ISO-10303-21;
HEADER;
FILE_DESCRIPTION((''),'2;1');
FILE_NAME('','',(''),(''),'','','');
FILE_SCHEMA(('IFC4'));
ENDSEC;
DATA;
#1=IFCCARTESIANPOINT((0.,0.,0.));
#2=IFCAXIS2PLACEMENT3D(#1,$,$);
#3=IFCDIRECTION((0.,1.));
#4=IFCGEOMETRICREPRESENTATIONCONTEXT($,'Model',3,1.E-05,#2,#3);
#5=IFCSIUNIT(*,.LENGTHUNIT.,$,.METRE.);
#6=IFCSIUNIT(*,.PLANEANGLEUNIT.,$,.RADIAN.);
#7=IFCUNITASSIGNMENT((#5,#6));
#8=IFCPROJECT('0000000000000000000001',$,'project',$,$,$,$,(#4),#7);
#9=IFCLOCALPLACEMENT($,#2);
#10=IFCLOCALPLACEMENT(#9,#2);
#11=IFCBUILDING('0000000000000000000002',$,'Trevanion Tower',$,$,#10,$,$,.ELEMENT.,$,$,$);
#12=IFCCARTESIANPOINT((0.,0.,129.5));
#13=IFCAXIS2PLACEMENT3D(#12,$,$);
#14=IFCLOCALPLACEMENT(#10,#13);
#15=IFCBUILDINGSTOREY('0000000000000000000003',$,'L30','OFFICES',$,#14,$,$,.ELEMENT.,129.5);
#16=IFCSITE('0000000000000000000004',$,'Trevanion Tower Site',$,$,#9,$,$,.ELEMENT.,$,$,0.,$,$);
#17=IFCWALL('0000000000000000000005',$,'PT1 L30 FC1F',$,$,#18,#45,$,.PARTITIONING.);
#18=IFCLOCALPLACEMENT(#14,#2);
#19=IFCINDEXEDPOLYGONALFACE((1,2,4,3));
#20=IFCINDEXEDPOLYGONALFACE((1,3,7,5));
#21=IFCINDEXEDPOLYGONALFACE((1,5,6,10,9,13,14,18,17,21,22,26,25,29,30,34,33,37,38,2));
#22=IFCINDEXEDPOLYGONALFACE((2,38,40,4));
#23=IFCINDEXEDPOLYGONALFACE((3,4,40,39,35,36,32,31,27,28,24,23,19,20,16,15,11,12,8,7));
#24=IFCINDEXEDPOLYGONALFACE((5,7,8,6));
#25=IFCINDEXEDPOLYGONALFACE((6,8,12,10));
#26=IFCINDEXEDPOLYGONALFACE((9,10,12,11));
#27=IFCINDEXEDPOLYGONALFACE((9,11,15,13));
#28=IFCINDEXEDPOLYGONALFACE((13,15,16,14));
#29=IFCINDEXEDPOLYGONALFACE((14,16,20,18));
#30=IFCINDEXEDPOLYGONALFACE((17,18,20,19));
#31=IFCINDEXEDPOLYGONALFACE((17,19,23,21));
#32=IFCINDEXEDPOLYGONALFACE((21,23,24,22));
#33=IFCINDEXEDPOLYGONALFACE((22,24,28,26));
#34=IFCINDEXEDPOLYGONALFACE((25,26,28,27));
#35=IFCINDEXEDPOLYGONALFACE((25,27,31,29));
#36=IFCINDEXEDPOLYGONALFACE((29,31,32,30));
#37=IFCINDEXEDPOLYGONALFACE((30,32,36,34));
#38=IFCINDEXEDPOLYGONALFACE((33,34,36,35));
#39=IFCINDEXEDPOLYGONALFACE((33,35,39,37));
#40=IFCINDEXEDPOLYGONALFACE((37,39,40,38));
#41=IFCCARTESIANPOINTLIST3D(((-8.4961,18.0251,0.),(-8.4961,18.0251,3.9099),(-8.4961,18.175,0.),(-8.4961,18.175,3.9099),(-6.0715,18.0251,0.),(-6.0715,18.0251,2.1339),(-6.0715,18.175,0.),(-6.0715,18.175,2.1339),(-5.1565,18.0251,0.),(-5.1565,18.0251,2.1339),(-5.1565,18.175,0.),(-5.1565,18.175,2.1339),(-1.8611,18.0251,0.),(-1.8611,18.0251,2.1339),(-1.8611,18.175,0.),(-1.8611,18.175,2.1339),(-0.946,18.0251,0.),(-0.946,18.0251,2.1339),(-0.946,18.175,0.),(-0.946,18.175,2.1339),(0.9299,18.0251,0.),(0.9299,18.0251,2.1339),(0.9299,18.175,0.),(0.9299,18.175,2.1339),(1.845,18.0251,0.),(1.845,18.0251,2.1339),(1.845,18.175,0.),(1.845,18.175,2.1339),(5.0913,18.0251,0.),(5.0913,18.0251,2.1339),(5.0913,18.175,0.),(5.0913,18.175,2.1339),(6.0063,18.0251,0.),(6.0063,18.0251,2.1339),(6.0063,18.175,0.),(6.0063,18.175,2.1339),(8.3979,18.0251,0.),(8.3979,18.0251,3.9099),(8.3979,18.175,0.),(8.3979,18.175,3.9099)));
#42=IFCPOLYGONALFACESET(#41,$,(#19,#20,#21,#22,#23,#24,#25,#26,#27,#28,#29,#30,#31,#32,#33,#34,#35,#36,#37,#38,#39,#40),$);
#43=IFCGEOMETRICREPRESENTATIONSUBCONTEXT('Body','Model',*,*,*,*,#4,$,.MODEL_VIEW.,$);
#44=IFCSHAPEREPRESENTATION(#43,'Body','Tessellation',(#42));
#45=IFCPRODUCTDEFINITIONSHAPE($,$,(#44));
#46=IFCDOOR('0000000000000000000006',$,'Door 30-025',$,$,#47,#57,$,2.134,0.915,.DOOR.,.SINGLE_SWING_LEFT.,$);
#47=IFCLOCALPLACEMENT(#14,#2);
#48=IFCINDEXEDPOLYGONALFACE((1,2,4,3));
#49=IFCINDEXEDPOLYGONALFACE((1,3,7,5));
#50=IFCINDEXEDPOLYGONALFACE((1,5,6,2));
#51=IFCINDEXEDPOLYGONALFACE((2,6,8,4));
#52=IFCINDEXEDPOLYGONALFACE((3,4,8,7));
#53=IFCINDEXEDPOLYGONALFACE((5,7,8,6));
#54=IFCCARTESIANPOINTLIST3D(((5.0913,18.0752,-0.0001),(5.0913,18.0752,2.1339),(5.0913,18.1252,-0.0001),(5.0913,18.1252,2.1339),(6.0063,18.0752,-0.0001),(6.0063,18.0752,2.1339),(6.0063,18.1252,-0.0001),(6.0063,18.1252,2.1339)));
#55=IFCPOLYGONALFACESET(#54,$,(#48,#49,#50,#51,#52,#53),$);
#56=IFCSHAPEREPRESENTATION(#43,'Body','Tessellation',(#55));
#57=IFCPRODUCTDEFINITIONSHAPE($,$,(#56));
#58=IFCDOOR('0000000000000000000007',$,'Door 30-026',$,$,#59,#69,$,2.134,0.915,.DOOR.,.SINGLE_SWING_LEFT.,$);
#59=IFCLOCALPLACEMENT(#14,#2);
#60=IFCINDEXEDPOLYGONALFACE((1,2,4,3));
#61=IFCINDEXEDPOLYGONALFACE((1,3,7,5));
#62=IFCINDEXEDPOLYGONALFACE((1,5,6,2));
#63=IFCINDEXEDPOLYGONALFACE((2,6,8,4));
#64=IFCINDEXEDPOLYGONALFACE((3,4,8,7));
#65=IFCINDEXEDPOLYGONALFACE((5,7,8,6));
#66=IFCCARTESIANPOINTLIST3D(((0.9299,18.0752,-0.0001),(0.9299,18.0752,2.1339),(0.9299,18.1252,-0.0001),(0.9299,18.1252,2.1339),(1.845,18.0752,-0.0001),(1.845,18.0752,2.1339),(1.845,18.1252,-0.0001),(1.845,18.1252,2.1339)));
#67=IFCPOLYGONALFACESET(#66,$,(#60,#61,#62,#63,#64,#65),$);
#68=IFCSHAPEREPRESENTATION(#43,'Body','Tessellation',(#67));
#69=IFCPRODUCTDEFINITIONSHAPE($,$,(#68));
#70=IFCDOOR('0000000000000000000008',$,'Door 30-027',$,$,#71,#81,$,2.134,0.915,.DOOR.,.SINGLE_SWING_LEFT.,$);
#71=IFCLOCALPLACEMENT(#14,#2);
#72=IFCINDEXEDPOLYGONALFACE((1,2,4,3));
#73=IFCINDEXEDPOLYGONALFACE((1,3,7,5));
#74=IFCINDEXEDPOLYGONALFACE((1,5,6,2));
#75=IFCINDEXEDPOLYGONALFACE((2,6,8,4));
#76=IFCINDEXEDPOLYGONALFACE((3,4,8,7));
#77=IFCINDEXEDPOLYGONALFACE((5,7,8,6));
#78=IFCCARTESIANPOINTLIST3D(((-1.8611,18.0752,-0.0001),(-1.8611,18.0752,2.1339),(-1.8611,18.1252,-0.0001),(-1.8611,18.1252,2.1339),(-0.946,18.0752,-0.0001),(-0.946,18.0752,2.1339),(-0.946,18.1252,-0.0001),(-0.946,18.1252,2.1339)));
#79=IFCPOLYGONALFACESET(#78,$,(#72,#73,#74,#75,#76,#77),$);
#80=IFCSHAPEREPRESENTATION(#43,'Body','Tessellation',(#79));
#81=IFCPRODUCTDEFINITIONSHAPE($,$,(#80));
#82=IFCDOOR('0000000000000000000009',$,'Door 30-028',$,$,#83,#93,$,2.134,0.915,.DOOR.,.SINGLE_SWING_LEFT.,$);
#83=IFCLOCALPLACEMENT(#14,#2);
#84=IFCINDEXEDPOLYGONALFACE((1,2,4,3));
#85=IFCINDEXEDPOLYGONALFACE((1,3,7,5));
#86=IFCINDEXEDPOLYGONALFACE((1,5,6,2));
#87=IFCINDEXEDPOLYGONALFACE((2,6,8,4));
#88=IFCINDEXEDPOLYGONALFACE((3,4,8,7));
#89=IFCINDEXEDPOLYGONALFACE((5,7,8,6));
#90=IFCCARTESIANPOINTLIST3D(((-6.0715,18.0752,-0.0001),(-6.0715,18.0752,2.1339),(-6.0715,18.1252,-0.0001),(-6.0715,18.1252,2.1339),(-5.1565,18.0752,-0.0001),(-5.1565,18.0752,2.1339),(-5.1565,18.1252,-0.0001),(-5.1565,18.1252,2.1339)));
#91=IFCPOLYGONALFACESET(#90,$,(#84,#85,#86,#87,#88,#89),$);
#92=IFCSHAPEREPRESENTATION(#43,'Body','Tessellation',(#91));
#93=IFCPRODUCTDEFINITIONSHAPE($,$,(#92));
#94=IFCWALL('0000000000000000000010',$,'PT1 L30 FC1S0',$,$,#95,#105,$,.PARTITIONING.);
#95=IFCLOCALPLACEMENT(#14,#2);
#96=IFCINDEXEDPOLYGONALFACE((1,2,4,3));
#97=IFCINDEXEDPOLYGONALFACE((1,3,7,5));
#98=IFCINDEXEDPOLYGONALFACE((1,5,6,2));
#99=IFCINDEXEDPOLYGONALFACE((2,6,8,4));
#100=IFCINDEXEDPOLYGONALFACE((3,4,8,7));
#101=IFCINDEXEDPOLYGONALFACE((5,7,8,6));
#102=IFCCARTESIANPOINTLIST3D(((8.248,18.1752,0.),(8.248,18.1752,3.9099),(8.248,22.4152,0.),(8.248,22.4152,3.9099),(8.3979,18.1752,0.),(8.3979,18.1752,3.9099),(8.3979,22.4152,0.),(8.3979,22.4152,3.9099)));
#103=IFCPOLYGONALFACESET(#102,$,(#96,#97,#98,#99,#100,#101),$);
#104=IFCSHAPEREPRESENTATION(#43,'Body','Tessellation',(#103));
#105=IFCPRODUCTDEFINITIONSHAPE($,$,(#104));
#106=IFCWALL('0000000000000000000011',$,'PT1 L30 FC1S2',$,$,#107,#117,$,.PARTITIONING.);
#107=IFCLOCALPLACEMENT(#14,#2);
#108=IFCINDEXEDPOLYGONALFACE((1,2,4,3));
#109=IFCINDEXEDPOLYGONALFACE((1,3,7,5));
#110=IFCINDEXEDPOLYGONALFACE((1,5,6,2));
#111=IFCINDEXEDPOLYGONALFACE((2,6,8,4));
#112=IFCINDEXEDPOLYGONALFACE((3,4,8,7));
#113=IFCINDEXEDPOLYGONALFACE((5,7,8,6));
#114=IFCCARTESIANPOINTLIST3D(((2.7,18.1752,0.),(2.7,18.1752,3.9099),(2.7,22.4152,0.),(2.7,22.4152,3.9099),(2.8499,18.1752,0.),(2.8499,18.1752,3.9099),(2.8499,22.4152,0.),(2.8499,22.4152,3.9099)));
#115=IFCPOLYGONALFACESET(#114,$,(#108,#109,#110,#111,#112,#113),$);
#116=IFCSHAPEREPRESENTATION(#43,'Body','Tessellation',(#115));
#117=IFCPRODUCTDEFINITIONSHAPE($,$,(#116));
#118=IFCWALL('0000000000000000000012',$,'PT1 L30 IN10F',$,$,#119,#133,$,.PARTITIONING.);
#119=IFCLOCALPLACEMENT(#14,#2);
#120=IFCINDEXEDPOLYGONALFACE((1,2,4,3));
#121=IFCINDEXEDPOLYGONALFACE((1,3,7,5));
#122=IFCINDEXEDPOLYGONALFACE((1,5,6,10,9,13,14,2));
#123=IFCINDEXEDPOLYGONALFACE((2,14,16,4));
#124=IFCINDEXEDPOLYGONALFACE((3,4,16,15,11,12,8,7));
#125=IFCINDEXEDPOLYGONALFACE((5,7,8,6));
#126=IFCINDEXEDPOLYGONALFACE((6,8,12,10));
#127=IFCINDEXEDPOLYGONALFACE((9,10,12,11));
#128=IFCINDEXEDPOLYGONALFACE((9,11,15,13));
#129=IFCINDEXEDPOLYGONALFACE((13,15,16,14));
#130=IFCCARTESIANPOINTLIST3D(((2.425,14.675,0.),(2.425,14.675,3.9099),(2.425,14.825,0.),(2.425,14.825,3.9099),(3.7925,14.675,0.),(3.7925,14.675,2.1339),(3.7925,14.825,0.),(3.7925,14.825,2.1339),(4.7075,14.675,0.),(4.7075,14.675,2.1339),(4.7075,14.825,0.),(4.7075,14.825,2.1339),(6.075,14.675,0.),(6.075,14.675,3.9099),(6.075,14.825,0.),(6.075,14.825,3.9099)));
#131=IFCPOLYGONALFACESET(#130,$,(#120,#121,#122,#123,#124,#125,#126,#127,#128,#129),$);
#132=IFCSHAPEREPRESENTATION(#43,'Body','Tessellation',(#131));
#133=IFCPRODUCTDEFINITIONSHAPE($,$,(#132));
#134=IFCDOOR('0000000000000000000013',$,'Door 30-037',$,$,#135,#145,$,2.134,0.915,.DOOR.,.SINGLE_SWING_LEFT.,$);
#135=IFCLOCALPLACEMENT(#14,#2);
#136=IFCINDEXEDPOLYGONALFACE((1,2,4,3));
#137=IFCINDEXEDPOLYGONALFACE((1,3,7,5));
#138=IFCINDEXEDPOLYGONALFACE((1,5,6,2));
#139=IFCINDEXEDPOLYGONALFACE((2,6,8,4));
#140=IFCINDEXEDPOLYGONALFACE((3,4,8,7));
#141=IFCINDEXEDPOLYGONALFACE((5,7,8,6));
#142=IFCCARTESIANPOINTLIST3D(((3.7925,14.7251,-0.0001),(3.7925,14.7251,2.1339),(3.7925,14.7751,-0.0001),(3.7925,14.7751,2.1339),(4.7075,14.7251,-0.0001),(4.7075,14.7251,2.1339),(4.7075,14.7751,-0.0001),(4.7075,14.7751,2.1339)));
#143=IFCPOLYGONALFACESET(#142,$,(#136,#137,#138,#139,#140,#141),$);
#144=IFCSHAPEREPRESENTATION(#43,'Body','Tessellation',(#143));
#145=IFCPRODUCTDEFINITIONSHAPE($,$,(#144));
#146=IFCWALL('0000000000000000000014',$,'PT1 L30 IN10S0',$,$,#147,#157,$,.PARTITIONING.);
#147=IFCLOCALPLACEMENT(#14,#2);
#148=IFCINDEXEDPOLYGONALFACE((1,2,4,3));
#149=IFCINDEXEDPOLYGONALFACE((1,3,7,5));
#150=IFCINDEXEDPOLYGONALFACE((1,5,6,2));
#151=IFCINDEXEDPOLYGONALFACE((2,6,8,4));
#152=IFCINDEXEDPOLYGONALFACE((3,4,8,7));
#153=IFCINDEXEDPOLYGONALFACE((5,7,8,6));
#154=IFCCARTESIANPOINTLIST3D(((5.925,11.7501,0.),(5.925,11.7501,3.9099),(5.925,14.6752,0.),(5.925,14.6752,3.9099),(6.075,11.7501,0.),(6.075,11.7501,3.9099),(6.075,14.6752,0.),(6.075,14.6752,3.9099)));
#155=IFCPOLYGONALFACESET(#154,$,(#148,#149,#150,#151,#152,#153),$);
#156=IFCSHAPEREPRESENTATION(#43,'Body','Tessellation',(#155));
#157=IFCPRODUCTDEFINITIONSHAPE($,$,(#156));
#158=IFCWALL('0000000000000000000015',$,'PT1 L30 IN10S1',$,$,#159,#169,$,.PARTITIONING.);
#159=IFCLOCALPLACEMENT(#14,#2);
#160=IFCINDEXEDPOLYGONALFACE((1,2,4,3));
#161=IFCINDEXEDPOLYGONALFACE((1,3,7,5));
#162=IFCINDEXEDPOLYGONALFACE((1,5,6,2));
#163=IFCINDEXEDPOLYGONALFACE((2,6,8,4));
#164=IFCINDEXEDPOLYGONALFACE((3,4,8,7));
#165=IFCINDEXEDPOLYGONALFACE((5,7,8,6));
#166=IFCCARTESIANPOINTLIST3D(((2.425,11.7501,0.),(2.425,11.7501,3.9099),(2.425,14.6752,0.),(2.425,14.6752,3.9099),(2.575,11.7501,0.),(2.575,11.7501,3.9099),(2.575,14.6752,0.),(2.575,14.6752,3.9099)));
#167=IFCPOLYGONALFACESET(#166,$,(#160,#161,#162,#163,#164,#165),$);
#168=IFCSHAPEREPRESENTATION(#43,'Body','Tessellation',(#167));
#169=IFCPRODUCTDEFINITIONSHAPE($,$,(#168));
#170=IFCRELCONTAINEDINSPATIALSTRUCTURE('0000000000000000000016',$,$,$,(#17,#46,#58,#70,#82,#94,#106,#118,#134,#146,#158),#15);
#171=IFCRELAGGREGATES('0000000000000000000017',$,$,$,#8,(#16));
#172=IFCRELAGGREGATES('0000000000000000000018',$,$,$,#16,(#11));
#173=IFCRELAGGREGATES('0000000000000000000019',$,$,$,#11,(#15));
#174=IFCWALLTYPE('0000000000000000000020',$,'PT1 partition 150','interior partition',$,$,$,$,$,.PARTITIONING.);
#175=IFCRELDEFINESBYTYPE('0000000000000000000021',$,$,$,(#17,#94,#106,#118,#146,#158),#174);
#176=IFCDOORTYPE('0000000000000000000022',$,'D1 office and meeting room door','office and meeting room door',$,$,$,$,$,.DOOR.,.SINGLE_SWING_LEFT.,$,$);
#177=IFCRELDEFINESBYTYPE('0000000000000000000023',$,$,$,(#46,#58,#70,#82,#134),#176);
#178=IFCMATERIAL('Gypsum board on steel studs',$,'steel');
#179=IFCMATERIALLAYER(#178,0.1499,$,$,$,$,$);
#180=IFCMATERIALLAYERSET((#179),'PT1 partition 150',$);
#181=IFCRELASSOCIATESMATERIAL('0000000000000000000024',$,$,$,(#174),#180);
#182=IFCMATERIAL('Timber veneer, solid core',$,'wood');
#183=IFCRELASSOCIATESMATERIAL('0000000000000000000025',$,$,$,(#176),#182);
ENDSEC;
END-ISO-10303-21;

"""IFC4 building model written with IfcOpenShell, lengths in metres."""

from ifc_helpers import new_model, si_unit, direction, frame, frame_2d, origin, place, context, subcontext, project, spatial, rectangle, extrude, material, layer, layer_set, type_object, element, fill, save


model = new_model("IFC4")

# Units and contexts
model_context = context("Model", 3, precision=1e-05, world=origin(), true_north=direction((0.0, 1.0)))
body_context = subcontext(model_context, "Body", "Model", "MODEL_VIEW")
ifc_project = project(units=[si_unit("LENGTHUNIT", "METRE"), si_unit("PLANEANGLEUNIT", "RADIAN")], contexts=[model_context])

# Site, building, storey
site_placement = place(None, origin())
site = spatial("IfcSite", under=ifc_project, at=site_placement, Name="Trevanion Tower Site", CompositionType="ELEMENT", RefElevation=0.0)
building_placement = place(site_placement, origin())
building = spatial("IfcBuilding", under=site, at=building_placement, Name="Trevanion Tower", CompositionType="ELEMENT")
storey_placement = place(building_placement, frame((0.0, 0.0, 129.5)))
storey = spatial("IfcBuildingStorey", under=building, at=storey_placement, Name="L30", Description="OFFICES", CompositionType="ELEMENT", Elevation=129.5)

# Wall, openings, doors
ifc_material_1 = material(Name="Gypsum board on steel studs", Category="steel")
ifc_layer_1 = layer(ifc_material_1, 0.1499)
ifc_layer_set_1 = layer_set([ifc_layer_1], Name="PT1 partition 150")
wall_type_1 = type_object("IfcWallType", Name="PT1 partition 150", Description="interior partition", PredefinedType="PARTITIONING", material=ifc_layer_set_1)
wall_1_placement = place(storey_placement, frame((8.3979, 18.1001, 0.0), z_axis=(0.0, 0.0, 1.0), x_axis=(-1.0, 0.0, 0.0)))
wall_1 = element("IfcWall", 1, at=wall_1_placement, inside=storey, type_object=wall_type_1, Name="PT1 L30 FC1F", PredefinedType="PARTITIONING", context=body_context, shape_type="SweptSolid", body=[
    extrude(rectangle(XDim=16.894, YDim=0.1499, at=frame_2d((8.447, 0.0))), origin(), (0.0, 0.0, 1.0), 3.9099),
])
opening_1_placement = place(wall_1_placement, frame((2.3916, 0.0, 0.0)))
opening_1 = element("IfcOpeningElement", 2, at=opening_1_placement, cuts=wall_1, PredefinedType="OPENING", context=body_context, shape_type="SweptSolid", body=[
    extrude(rectangle(XDim=0.915, YDim=2.134, at=frame_2d((0.4575, 1.0669))), frame((0.0, 0.085, 0.0), z_axis=(0.0, -1.0, 0.0), x_axis=(1.0, 0.0, 0.0)), (0.0, 0.0, 1.0), 0.1699),
])
opening_2_placement = place(wall_1_placement, frame((6.553, 0.0, 0.0)))
opening_2 = element("IfcOpeningElement", 3, at=opening_2_placement, cuts=wall_1, PredefinedType="OPENING", context=body_context, shape_type="SweptSolid", body=[
    extrude(rectangle(XDim=0.915, YDim=2.134, at=frame_2d((0.4575, 1.0669))), frame((0.0, 0.085, 0.0), z_axis=(0.0, -1.0, 0.0), x_axis=(1.0, 0.0, 0.0)), (0.0, 0.0, 1.0), 0.1699),
])
opening_3_placement = place(wall_1_placement, frame((9.344, 0.0, 0.0)))
opening_3 = element("IfcOpeningElement", 4, at=opening_3_placement, cuts=wall_1, PredefinedType="OPENING", context=body_context, shape_type="SweptSolid", body=[
    extrude(rectangle(XDim=0.915, YDim=2.134, at=frame_2d((0.4575, 1.0669))), frame((0.0, 0.085, 0.0), z_axis=(0.0, -1.0, 0.0), x_axis=(1.0, 0.0, 0.0)), (0.0, 0.0, 1.0), 0.1699),
])
opening_4_placement = place(wall_1_placement, frame((13.5544, 0.0, 0.0)))
opening_4 = element("IfcOpeningElement", 5, at=opening_4_placement, cuts=wall_1, PredefinedType="OPENING", context=body_context, shape_type="SweptSolid", body=[
    extrude(rectangle(XDim=0.915, YDim=2.134, at=frame_2d((0.4575, 1.0669))), frame((0.0, 0.085, 0.0), z_axis=(0.0, -1.0, 0.0), x_axis=(1.0, 0.0, 0.0)), (0.0, 0.0, 1.0), 0.1699),
])
ifc_material_2 = material(Name="Timber veneer, solid core", Category="wood")
door_type = type_object("IfcDoorType", Name="D1 office and meeting room door", Description="office and meeting room door", OperationType="SINGLE_SWING_LEFT", PredefinedType="DOOR", material=ifc_material_2)
door_1_placement = place(opening_1_placement, origin())
door_1 = element("IfcDoor", 6, at=door_1_placement, inside=storey, type_object=door_type, Name="Door 30-025", OperationType="SINGLE_SWING_LEFT", OverallHeight=2.134, OverallWidth=0.915, PredefinedType="DOOR", context=body_context, shape_type="SweptSolid", body=[
    extrude(rectangle(XDim=0.915, YDim=2.134, at=frame_2d((0.4575, 1.0669))), frame((0.0, 0.0249, 0.0), z_axis=(0.0, -1.0, 0.0), x_axis=(1.0, 0.0, 0.0)), (0.0, 0.0, 1.0), 0.05),
])
fill(opening_1, door_1)
door_2_placement = place(opening_2_placement, origin())
door_2 = element("IfcDoor", 7, at=door_2_placement, inside=storey, type_object=door_type, Name="Door 30-026", OperationType="SINGLE_SWING_LEFT", OverallHeight=2.134, OverallWidth=0.915, PredefinedType="DOOR", context=body_context, shape_type="SweptSolid", body=[
    extrude(rectangle(XDim=0.915, YDim=2.134, at=frame_2d((0.4575, 1.0669))), frame((0.0, 0.0249, 0.0), z_axis=(0.0, -1.0, 0.0), x_axis=(1.0, 0.0, 0.0)), (0.0, 0.0, 1.0), 0.05),
])
fill(opening_2, door_2)
door_3_placement = place(opening_3_placement, origin())
door_3 = element("IfcDoor", 8, at=door_3_placement, inside=storey, type_object=door_type, Name="Door 30-027", OperationType="SINGLE_SWING_LEFT", OverallHeight=2.134, OverallWidth=0.915, PredefinedType="DOOR", context=body_context, shape_type="SweptSolid", body=[
    extrude(rectangle(XDim=0.915, YDim=2.134, at=frame_2d((0.4575, 1.0669))), frame((0.0, 0.0249, 0.0), z_axis=(0.0, -1.0, 0.0), x_axis=(1.0, 0.0, 0.0)), (0.0, 0.0, 1.0), 0.05),
])
fill(opening_3, door_3)
door_4_placement = place(opening_4_placement, origin())
door_4 = element("IfcDoor", 9, at=door_4_placement, inside=storey, type_object=door_type, Name="Door 30-028", OperationType="SINGLE_SWING_LEFT", OverallHeight=2.134, OverallWidth=0.915, PredefinedType="DOOR", context=body_context, shape_type="SweptSolid", body=[
    extrude(rectangle(XDim=0.915, YDim=2.134, at=frame_2d((0.4575, 1.0669))), frame((0.0, 0.0249, 0.0), z_axis=(0.0, -1.0, 0.0), x_axis=(1.0, 0.0, 0.0)), (0.0, 0.0, 1.0), 0.05),
])
fill(opening_4, door_4)

# Walls
for number, where, z_axis, x_axis, name in (
    (10, (8.323, 18.175, 0.0), (0.0, 0.0, 1.0), (0.0, 1.0, 0.0), "PT1 L30 FC1S0"),
    (11, (2.7749, 18.175, 0.0), (0.0, 0.0, 1.0), (0.0, 1.0, 0.0), "PT1 L30 FC1S2"),
):
    element("IfcWall", number, at=place(storey_placement, frame(where, z_axis=z_axis, x_axis=x_axis)), inside=storey, type_object=wall_type_1, Name=name, PredefinedType="PARTITIONING", context=body_context, shape_type="SweptSolid", body=[
        extrude(rectangle(XDim=4.24, YDim=0.1499, at=frame_2d((2.1201, 0.0))), origin(), (0.0, 0.0, 1.0), 3.9099),
    ])

# Wall, opening, door
wall_2_placement = place(storey_placement, frame((6.075, 14.75, 0.0), z_axis=(0.0, 0.0, 1.0), x_axis=(-1.0, 0.0, 0.0)))
wall_2 = element("IfcWall", 12, at=wall_2_placement, inside=storey, type_object=wall_type_1, Name="PT1 L30 IN10F", PredefinedType="PARTITIONING", context=body_context, shape_type="SweptSolid", body=[
    extrude(rectangle(XDim=3.6499, YDim=0.1499, at=frame_2d((1.825, 0.0))), origin(), (0.0, 0.0, 1.0), 3.9099),
])
opening_5_placement = place(wall_2_placement, frame((1.3674, 0.0, 0.0)))
opening_5 = element("IfcOpeningElement", 13, at=opening_5_placement, cuts=wall_2, PredefinedType="OPENING", context=body_context, shape_type="SweptSolid", body=[
    extrude(rectangle(XDim=0.915, YDim=2.134, at=frame_2d((0.4575, 1.0669))), frame((0.0, 0.085, 0.0), z_axis=(0.0, -1.0, 0.0), x_axis=(1.0, 0.0, 0.0)), (0.0, 0.0, 1.0), 0.1699),
])
door_5_placement = place(opening_5_placement, origin())
door_5 = element("IfcDoor", 14, at=door_5_placement, inside=storey, type_object=door_type, Name="Door 30-037", OperationType="SINGLE_SWING_LEFT", OverallHeight=2.134, OverallWidth=0.915, PredefinedType="DOOR", context=body_context, shape_type="SweptSolid", body=[
    extrude(rectangle(XDim=0.915, YDim=2.134, at=frame_2d((0.4575, 1.0669))), frame((0.0, 0.0249, 0.0), z_axis=(0.0, -1.0, 0.0), x_axis=(1.0, 0.0, 0.0)), (0.0, 0.0, 1.0), 0.05),
])
fill(opening_5, door_5)

# Walls
for number, where, z_axis, x_axis, name in (
    (15, (6.0, 14.675, 0.0), (0.0, 0.0, 1.0), (0.0, -1.0, 0.0), "PT1 L30 IN10S0"),
    (16, (2.5, 14.675, 0.0), (0.0, 0.0, 1.0), (0.0, -1.0, 0.0), "PT1 L30 IN10S1"),
):
    element("IfcWall", number, at=place(storey_placement, frame(where, z_axis=z_axis, x_axis=x_axis)), inside=storey, type_object=wall_type_1, Name=name, PredefinedType="PARTITIONING", context=body_context, shape_type="SweptSolid", body=[
        extrude(rectangle(XDim=2.925, YDim=0.1499, at=frame_2d((1.4624, 0.0))), origin(), (0.0, 0.0, 1.0), 3.9099),
    ])

save(model, "model.ifc")
